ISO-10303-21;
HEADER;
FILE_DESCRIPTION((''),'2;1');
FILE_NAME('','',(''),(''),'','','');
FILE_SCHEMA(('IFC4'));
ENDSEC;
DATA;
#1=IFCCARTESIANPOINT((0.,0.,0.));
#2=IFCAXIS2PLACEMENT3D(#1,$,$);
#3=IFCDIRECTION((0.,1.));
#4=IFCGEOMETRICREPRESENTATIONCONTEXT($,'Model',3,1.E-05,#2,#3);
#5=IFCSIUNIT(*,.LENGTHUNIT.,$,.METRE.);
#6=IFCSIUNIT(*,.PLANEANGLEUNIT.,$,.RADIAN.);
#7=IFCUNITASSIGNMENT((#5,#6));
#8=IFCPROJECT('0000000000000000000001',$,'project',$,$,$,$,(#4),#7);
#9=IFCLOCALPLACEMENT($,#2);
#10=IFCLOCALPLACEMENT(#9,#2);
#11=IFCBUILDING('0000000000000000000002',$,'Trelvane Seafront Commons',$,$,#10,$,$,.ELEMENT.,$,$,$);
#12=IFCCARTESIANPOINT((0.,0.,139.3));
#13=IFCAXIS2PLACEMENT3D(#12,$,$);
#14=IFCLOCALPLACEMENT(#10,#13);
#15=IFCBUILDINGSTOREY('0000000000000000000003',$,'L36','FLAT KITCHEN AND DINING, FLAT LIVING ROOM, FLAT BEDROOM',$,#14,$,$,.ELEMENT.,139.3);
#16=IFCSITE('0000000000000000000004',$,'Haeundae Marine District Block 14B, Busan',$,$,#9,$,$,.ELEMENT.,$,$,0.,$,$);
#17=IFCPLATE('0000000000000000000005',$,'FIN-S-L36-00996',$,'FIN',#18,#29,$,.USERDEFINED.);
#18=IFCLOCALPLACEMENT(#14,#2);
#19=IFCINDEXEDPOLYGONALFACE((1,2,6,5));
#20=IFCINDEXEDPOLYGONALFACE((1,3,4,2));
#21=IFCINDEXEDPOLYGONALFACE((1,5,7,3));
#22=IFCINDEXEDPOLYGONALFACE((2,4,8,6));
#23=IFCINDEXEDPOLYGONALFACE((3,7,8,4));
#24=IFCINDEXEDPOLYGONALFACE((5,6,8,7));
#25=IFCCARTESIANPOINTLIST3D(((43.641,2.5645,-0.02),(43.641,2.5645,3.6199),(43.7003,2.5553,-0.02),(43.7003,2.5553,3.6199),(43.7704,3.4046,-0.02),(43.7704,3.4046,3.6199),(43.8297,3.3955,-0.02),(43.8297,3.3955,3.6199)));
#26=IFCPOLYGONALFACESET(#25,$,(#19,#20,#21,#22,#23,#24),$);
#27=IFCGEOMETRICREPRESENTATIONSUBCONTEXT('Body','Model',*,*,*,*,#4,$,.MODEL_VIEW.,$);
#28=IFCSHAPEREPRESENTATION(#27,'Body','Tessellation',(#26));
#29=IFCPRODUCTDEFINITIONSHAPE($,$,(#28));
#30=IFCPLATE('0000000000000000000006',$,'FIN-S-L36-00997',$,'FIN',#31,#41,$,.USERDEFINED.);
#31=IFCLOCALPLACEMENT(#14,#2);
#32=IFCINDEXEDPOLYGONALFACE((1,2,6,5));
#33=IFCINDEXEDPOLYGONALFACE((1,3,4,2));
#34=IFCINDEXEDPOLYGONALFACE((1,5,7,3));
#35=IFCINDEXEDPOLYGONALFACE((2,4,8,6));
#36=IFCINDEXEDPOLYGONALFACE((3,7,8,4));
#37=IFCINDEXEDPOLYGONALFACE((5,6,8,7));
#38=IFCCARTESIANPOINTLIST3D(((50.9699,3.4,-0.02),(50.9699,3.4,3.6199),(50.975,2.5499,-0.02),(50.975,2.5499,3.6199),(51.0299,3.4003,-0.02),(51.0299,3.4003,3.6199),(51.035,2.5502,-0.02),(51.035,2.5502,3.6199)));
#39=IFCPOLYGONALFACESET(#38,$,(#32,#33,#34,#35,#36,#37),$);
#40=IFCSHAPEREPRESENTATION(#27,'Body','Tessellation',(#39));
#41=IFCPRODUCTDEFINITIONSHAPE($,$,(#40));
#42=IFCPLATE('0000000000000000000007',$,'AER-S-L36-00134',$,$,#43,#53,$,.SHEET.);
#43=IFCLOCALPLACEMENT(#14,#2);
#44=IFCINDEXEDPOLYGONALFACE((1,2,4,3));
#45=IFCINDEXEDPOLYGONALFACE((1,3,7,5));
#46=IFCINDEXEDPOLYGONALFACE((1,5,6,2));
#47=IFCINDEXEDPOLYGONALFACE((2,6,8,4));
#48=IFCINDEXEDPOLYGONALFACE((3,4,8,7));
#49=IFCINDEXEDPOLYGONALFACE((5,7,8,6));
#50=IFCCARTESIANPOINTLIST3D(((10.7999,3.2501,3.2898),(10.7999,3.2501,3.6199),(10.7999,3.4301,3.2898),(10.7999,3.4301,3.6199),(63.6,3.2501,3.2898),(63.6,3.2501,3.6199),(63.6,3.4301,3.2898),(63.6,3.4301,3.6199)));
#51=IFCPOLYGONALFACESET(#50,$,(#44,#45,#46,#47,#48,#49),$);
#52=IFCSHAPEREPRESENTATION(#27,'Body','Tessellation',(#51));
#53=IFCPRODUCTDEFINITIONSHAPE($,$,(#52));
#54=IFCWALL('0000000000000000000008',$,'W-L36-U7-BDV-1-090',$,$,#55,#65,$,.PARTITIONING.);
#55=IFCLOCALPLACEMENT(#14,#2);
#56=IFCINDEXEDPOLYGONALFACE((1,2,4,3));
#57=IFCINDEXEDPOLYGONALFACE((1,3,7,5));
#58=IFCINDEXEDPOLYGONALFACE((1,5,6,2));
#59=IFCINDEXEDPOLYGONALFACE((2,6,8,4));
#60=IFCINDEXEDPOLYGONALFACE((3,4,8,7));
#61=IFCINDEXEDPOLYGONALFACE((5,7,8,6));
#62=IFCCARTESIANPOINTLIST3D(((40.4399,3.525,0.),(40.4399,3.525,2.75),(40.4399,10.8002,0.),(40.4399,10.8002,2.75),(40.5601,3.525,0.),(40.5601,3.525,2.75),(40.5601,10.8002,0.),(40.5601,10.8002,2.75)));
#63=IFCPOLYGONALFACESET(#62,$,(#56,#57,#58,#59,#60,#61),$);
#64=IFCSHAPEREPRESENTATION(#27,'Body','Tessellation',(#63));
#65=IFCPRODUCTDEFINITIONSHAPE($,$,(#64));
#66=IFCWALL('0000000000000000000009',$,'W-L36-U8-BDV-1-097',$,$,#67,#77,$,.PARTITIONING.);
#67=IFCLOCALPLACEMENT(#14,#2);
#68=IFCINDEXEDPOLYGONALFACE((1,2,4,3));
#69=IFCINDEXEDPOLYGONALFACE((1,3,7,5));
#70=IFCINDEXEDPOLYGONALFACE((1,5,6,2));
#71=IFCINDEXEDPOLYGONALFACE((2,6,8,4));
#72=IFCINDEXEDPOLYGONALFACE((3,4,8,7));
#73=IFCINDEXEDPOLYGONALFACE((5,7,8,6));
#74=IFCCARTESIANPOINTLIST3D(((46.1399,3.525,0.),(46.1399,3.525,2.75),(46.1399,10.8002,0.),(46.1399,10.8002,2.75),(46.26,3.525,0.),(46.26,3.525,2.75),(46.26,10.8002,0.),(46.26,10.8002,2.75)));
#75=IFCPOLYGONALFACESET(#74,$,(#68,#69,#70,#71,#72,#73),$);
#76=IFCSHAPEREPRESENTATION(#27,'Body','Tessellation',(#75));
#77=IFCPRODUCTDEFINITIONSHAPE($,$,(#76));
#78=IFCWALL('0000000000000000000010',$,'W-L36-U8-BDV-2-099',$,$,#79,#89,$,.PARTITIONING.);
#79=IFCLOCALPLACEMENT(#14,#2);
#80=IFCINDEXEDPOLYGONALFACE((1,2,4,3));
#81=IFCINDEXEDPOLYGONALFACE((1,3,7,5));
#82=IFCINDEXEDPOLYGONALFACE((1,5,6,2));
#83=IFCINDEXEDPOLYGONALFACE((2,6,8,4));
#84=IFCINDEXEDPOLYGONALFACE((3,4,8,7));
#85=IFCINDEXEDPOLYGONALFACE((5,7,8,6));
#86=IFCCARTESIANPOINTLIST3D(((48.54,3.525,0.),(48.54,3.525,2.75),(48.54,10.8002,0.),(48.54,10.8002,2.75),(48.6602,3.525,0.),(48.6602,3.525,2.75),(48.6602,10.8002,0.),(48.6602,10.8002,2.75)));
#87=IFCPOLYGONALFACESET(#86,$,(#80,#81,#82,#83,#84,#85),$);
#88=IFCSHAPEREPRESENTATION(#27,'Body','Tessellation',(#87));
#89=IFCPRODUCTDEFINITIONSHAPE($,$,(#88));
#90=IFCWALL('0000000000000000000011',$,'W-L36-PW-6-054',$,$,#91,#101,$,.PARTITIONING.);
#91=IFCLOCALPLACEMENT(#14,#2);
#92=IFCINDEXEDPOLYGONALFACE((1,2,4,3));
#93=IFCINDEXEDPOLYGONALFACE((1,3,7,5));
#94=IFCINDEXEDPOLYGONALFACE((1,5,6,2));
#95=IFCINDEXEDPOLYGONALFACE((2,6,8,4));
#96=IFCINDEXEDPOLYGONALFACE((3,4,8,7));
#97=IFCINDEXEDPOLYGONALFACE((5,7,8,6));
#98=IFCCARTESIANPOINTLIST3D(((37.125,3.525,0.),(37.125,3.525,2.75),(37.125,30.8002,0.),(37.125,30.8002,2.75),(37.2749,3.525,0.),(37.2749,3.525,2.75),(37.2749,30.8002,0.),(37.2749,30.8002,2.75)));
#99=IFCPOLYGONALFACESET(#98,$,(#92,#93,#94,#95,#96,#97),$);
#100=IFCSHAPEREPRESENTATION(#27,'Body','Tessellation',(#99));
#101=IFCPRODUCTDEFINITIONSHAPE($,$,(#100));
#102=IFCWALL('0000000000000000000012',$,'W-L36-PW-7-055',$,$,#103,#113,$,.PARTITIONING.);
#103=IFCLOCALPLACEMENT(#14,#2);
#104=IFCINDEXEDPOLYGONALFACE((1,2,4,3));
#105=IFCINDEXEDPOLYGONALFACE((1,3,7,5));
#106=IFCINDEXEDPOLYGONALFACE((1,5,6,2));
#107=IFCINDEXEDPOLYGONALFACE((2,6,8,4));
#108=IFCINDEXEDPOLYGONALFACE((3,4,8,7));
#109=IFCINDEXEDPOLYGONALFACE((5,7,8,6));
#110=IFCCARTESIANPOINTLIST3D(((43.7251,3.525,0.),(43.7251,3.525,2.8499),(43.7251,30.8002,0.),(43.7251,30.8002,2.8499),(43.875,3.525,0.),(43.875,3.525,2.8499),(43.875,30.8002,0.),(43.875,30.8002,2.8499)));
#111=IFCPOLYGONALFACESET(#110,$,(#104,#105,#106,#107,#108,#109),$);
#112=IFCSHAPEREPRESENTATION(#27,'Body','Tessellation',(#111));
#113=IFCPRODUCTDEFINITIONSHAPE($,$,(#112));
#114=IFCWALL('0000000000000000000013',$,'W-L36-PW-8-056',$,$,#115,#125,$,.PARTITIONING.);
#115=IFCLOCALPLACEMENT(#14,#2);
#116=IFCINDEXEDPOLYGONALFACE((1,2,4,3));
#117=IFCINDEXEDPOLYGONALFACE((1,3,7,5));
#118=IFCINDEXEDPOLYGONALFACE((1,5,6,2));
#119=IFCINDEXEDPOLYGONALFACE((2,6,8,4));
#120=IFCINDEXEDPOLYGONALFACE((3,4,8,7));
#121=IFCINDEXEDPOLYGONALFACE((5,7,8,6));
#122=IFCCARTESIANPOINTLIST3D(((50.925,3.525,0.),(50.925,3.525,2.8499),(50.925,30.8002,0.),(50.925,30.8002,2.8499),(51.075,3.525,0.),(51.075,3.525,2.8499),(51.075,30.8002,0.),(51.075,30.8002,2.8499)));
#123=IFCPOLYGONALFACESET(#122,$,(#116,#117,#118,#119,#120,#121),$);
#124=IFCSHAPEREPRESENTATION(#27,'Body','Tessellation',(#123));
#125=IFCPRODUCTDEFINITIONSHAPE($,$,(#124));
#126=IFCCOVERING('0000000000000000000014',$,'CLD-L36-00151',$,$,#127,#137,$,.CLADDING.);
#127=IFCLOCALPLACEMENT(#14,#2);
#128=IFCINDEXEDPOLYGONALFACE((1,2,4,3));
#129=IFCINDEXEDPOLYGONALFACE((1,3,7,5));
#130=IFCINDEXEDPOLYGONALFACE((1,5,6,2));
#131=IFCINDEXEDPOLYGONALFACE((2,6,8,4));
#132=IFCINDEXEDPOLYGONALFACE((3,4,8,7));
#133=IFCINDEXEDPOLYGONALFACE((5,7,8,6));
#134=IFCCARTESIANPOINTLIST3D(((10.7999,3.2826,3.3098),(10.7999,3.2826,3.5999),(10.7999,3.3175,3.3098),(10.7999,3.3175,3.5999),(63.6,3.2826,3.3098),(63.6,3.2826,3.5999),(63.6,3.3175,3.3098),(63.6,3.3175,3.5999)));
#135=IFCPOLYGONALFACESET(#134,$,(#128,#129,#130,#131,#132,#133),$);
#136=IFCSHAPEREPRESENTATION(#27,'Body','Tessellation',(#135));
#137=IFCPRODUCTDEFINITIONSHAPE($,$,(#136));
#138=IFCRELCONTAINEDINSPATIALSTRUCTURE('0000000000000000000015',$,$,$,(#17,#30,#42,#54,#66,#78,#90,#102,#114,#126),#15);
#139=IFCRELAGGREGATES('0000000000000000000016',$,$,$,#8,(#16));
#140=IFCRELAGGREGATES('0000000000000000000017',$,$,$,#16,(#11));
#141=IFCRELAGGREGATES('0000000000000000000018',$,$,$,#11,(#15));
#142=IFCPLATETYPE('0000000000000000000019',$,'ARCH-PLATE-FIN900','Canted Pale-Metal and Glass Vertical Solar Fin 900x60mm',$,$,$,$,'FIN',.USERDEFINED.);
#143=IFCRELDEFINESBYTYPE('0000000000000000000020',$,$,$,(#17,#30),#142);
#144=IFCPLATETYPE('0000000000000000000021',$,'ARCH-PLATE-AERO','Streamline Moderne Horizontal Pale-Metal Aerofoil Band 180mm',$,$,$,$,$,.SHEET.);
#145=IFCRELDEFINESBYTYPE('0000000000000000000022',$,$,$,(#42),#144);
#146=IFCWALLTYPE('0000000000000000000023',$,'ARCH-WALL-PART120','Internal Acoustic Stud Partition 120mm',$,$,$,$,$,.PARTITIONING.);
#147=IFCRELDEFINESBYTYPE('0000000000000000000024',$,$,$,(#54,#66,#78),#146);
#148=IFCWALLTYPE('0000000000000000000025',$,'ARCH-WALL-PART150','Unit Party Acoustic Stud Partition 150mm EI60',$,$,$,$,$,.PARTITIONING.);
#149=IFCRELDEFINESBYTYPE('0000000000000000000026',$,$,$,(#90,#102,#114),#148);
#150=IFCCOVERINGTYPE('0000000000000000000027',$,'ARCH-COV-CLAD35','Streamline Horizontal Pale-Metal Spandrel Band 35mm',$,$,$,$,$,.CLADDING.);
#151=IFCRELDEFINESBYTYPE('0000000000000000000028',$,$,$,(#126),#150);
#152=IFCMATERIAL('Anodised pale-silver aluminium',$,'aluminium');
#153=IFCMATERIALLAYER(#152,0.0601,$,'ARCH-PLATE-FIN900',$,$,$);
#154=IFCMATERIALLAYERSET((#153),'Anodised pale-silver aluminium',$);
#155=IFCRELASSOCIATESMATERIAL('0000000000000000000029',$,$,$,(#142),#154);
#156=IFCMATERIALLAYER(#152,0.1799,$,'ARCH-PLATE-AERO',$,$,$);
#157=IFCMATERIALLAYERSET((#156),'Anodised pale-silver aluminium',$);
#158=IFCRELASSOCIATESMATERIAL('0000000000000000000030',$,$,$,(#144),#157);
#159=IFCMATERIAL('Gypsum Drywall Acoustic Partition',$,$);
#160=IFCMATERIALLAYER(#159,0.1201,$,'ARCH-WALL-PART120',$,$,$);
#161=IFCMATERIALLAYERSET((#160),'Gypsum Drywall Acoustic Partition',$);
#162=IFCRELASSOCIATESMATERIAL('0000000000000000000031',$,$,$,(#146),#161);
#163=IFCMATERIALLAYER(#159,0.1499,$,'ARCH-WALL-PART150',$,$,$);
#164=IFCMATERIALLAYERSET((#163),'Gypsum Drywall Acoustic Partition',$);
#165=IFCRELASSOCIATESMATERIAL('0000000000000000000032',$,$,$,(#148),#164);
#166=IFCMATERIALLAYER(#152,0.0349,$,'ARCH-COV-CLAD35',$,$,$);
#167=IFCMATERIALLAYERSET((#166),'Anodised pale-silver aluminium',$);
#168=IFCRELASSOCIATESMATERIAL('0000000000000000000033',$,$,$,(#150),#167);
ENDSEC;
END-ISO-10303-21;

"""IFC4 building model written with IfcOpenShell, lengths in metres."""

from ifc_helpers import new_model, si_unit, direction, frame, frame_2d, origin, origin_2d, place, context, subcontext, project, spatial, rectangle, extrude, source, transform, mapped, material, layer, layer_set, type_object, element, save


model = new_model("IFC4")

# Units and contexts
model_context = context("Model", 3, precision=1e-05, world=origin(), true_north=direction((0.0, 1.0)))
body_context = subcontext(model_context, "Body", "Model", "MODEL_VIEW")
ifc_project = project(units=[si_unit("LENGTHUNIT", "METRE"), si_unit("PLANEANGLEUNIT", "RADIAN")], contexts=[model_context])

# Site, building, storey
site_placement = place(None, origin())
site = spatial("IfcSite", under=ifc_project, at=site_placement, Name="Haeundae Marine District Block 14B, Busan", CompositionType="ELEMENT", RefElevation=0.0)
building_placement = place(site_placement, origin())
building = spatial("IfcBuilding", under=site, at=building_placement, Name="Trelvane Seafront Commons", CompositionType="ELEMENT")
storey_placement = place(building_placement, frame((0.0, 0.0, 139.3)))
storey = spatial("IfcBuildingStorey", under=building, at=storey_placement, Name="L36", Description="FLAT KITCHEN AND DINING, FLAT LIVING ROOM, FLAT BEDROOM", CompositionType="ELEMENT", Elevation=139.3)

# Plates
ifc_material_1 = material(Name="Anodised pale-silver aluminium", Category="aluminium")
ifc_layer_1 = layer(ifc_material_1, 0.0601, Name="ARCH-PLATE-FIN900")
ifc_layer_set_1 = layer_set([ifc_layer_1], Name="Anodised pale-silver aluminium")
plate_type_1 = type_object("IfcPlateType", Name="ARCH-PLATE-FIN900", Description="Canted Pale-Metal and Glass Vertical Solar Fin 900x60mm", ElementType="FIN", PredefinedType="USERDEFINED", material=ifc_layer_set_1)
shared_shape_1 = source(origin(), body_context, "Body", "SweptSolid", [
    extrude(rectangle(XDim=0.8501, YDim=0.0601, at=origin_2d()), origin(), (0.0, 0.0, 1.0), 3.6399),
])
for number, where, z_axis, x_axis, name in (
    (1, (43.7354, 2.98, -0.02), (0.0, 0.0, 1.0), (-0.152234, -0.988345, 0.0), "FIN-S-L36-00996"),
    (2, (51.0024, 2.9751, -0.02), (0.0, 0.0, 1.0), (0.006, -0.999982, 0.0), "FIN-S-L36-00997"),
):
    element("IfcPlate", number, at=place(storey_placement, frame(where, z_axis=z_axis, x_axis=x_axis)), inside=storey, type_object=plate_type_1, Name=name, ObjectType="FIN", PredefinedType="USERDEFINED", context=body_context, shape_type="MappedRepresentation", body=[
        mapped(shared_shape_1, transform((0.0, 0.0, 0.0), x_axis=(1.0, 0.0, 0.0), y_axis=(0.0, 1.0, 0.0), z_axis=(0.0, 0.0, 1.0), scale=1.0)),
    ])
ifc_layer_2 = layer(ifc_material_1, 0.1799, Name="ARCH-PLATE-AERO")
ifc_layer_set_2 = layer_set([ifc_layer_2], Name="Anodised pale-silver aluminium")
plate_type_2 = type_object("IfcPlateType", Name="ARCH-PLATE-AERO", Description="Streamline Moderne Horizontal Pale-Metal Aerofoil Band 180mm", PredefinedType="SHEET", material=ifc_layer_set_2)
shared_shape_2 = source(origin(), body_context, "Body", "SweptSolid", [
    extrude(rectangle(XDim=52.8, YDim=0.1799, at=origin_2d()), origin(), (0.0, 0.0, 1.0), 0.3301),
])
plate_placement = place(storey_placement, frame((37.2, 3.3401, 3.2898), z_axis=(0.0, 0.0, 1.0), x_axis=(-1.0, 0.0, 0.0)))
element("IfcPlate", 3, at=plate_placement, inside=storey, type_object=plate_type_2, Name="AER-S-L36-00134", PredefinedType="SHEET", context=body_context, shape_type="MappedRepresentation", body=[
    mapped(shared_shape_2, transform((0.0, 0.0, 0.0), x_axis=(1.0, 0.0, 0.0), y_axis=(0.0, 1.0, 0.0), z_axis=(0.0, 0.0, 1.0), scale=1.0)),
])

# Shared definitions
ifc_material_2 = material(Name="Gypsum Drywall Acoustic Partition")
ifc_layer_3 = layer(ifc_material_2, 0.1201, Name="ARCH-WALL-PART120")
ifc_layer_set_3 = layer_set([ifc_layer_3], Name="Gypsum Drywall Acoustic Partition")
wall_type_1 = type_object("IfcWallType", Name="ARCH-WALL-PART120", Description="Internal Acoustic Stud Partition 120mm", PredefinedType="PARTITIONING", material=ifc_layer_set_3)

# Wall
wall_1_placement = place(storey_placement, frame((40.5, 3.5249, 0.0), z_axis=(0.0, 0.0, 1.0), x_axis=(0.0, 1.0, 0.0)))
element("IfcWall", 4, at=wall_1_placement, inside=storey, type_object=wall_type_1, Name="W-L36-U7-BDV-1-090", PredefinedType="PARTITIONING", context=body_context, shape_type="SweptSolid", body=[
    extrude(rectangle(XDim=7.2751, YDim=0.1201, at=frame_2d((3.6377, 0.0))), origin(), (0.0, 0.0, 1.0), 2.75),
])

# Wall
wall_2_placement = place(storey_placement, frame((46.2, 3.5249, 0.0), z_axis=(0.0, 0.0, 1.0), x_axis=(0.0, 1.0, 0.0)))
element("IfcWall", 5, at=wall_2_placement, inside=storey, type_object=wall_type_1, Name="W-L36-U8-BDV-1-097", PredefinedType="PARTITIONING", context=body_context, shape_type="SweptSolid", body=[
    extrude(rectangle(XDim=7.2751, YDim=0.1201, at=frame_2d((3.6377, 0.0))), origin(), (0.0, 0.0, 1.0), 2.75),
])

# Walls
wall_3_placement = place(storey_placement, frame((48.6001, 3.5249, 0.0), z_axis=(0.0, 0.0, 1.0), x_axis=(0.0, 1.0, 0.0)))
element("IfcWall", 6, at=wall_3_placement, inside=storey, type_object=wall_type_1, Name="W-L36-U8-BDV-2-099", PredefinedType="PARTITIONING", context=body_context, shape_type="SweptSolid", body=[
    extrude(rectangle(XDim=7.2751, YDim=0.1201, at=frame_2d((3.6377, 0.0))), origin(), (0.0, 0.0, 1.0), 2.75),
])
ifc_layer_4 = layer(ifc_material_2, 0.1499, Name="ARCH-WALL-PART150")
ifc_layer_set_4 = layer_set([ifc_layer_4], Name="Gypsum Drywall Acoustic Partition")
wall_type_2 = type_object("IfcWallType", Name="ARCH-WALL-PART150", Description="Unit Party Acoustic Stud Partition 150mm EI60", PredefinedType="PARTITIONING", material=ifc_layer_set_4)
wall_4_placement = place(storey_placement, frame((37.2, 3.5249, 0.0), z_axis=(0.0, 0.0, 1.0), x_axis=(0.0, 1.0, 0.0)))
element("IfcWall", 7, at=wall_4_placement, inside=storey, type_object=wall_type_2, Name="W-L36-PW-6-054", PredefinedType="PARTITIONING", context=body_context, shape_type="SweptSolid", body=[
    extrude(rectangle(XDim=27.2751, YDim=0.1499, at=frame_2d((13.6377, 0.0))), origin(), (0.0, 0.0, 1.0), 2.75),
])
for number, where, z_axis, x_axis, name in (
    (8, (43.8, 3.5249, 0.0), (0.0, 0.0, 1.0), (0.0, 1.0, 0.0), "W-L36-PW-7-055"),
    (9, (51.0, 3.5249, 0.0), (0.0, 0.0, 1.0), (0.0, 1.0, 0.0), "W-L36-PW-8-056"),
):
    element("IfcWall", number, at=place(storey_placement, frame(where, z_axis=z_axis, x_axis=x_axis)), inside=storey, type_object=wall_type_2, Name=name, PredefinedType="PARTITIONING", context=body_context, shape_type="SweptSolid", body=[
        extrude(rectangle(XDim=27.2751, YDim=0.1499, at=frame_2d((13.6377, 0.0))), origin(), (0.0, 0.0, 1.0), 2.8499),
    ])

# Covering
ifc_layer_5 = layer(ifc_material_1, 0.0349, Name="ARCH-COV-CLAD35")
ifc_layer_set_5 = layer_set([ifc_layer_5], Name="Anodised pale-silver aluminium")
covering_type = type_object("IfcCoveringType", Name="ARCH-COV-CLAD35", Description="Streamline Horizontal Pale-Metal Spandrel Band 35mm", PredefinedType="CLADDING", material=ifc_layer_set_5)
shared_shape_3 = source(origin(), body_context, "Body", "SweptSolid", [
    extrude(rectangle(XDim=52.8, YDim=0.0349, at=origin_2d()), origin(), (0.0, 0.0, 1.0), 0.29),
])
covering_placement = place(storey_placement, frame((37.2, 3.3, 3.3098), z_axis=(0.0, 0.0, 1.0), x_axis=(-1.0, 0.0, 0.0)))
element("IfcCovering", 10, at=covering_placement, inside=storey, type_object=covering_type, Name="CLD-L36-00151", PredefinedType="CLADDING", context=body_context, shape_type="MappedRepresentation", body=[
    mapped(shared_shape_3, transform((0.0, 0.0, 0.0), x_axis=(1.0, 0.0, 0.0), y_axis=(0.0, 1.0, 0.0), z_axis=(0.0, 0.0, 1.0), scale=1.0)),
])

save(model, "model.ifc")
